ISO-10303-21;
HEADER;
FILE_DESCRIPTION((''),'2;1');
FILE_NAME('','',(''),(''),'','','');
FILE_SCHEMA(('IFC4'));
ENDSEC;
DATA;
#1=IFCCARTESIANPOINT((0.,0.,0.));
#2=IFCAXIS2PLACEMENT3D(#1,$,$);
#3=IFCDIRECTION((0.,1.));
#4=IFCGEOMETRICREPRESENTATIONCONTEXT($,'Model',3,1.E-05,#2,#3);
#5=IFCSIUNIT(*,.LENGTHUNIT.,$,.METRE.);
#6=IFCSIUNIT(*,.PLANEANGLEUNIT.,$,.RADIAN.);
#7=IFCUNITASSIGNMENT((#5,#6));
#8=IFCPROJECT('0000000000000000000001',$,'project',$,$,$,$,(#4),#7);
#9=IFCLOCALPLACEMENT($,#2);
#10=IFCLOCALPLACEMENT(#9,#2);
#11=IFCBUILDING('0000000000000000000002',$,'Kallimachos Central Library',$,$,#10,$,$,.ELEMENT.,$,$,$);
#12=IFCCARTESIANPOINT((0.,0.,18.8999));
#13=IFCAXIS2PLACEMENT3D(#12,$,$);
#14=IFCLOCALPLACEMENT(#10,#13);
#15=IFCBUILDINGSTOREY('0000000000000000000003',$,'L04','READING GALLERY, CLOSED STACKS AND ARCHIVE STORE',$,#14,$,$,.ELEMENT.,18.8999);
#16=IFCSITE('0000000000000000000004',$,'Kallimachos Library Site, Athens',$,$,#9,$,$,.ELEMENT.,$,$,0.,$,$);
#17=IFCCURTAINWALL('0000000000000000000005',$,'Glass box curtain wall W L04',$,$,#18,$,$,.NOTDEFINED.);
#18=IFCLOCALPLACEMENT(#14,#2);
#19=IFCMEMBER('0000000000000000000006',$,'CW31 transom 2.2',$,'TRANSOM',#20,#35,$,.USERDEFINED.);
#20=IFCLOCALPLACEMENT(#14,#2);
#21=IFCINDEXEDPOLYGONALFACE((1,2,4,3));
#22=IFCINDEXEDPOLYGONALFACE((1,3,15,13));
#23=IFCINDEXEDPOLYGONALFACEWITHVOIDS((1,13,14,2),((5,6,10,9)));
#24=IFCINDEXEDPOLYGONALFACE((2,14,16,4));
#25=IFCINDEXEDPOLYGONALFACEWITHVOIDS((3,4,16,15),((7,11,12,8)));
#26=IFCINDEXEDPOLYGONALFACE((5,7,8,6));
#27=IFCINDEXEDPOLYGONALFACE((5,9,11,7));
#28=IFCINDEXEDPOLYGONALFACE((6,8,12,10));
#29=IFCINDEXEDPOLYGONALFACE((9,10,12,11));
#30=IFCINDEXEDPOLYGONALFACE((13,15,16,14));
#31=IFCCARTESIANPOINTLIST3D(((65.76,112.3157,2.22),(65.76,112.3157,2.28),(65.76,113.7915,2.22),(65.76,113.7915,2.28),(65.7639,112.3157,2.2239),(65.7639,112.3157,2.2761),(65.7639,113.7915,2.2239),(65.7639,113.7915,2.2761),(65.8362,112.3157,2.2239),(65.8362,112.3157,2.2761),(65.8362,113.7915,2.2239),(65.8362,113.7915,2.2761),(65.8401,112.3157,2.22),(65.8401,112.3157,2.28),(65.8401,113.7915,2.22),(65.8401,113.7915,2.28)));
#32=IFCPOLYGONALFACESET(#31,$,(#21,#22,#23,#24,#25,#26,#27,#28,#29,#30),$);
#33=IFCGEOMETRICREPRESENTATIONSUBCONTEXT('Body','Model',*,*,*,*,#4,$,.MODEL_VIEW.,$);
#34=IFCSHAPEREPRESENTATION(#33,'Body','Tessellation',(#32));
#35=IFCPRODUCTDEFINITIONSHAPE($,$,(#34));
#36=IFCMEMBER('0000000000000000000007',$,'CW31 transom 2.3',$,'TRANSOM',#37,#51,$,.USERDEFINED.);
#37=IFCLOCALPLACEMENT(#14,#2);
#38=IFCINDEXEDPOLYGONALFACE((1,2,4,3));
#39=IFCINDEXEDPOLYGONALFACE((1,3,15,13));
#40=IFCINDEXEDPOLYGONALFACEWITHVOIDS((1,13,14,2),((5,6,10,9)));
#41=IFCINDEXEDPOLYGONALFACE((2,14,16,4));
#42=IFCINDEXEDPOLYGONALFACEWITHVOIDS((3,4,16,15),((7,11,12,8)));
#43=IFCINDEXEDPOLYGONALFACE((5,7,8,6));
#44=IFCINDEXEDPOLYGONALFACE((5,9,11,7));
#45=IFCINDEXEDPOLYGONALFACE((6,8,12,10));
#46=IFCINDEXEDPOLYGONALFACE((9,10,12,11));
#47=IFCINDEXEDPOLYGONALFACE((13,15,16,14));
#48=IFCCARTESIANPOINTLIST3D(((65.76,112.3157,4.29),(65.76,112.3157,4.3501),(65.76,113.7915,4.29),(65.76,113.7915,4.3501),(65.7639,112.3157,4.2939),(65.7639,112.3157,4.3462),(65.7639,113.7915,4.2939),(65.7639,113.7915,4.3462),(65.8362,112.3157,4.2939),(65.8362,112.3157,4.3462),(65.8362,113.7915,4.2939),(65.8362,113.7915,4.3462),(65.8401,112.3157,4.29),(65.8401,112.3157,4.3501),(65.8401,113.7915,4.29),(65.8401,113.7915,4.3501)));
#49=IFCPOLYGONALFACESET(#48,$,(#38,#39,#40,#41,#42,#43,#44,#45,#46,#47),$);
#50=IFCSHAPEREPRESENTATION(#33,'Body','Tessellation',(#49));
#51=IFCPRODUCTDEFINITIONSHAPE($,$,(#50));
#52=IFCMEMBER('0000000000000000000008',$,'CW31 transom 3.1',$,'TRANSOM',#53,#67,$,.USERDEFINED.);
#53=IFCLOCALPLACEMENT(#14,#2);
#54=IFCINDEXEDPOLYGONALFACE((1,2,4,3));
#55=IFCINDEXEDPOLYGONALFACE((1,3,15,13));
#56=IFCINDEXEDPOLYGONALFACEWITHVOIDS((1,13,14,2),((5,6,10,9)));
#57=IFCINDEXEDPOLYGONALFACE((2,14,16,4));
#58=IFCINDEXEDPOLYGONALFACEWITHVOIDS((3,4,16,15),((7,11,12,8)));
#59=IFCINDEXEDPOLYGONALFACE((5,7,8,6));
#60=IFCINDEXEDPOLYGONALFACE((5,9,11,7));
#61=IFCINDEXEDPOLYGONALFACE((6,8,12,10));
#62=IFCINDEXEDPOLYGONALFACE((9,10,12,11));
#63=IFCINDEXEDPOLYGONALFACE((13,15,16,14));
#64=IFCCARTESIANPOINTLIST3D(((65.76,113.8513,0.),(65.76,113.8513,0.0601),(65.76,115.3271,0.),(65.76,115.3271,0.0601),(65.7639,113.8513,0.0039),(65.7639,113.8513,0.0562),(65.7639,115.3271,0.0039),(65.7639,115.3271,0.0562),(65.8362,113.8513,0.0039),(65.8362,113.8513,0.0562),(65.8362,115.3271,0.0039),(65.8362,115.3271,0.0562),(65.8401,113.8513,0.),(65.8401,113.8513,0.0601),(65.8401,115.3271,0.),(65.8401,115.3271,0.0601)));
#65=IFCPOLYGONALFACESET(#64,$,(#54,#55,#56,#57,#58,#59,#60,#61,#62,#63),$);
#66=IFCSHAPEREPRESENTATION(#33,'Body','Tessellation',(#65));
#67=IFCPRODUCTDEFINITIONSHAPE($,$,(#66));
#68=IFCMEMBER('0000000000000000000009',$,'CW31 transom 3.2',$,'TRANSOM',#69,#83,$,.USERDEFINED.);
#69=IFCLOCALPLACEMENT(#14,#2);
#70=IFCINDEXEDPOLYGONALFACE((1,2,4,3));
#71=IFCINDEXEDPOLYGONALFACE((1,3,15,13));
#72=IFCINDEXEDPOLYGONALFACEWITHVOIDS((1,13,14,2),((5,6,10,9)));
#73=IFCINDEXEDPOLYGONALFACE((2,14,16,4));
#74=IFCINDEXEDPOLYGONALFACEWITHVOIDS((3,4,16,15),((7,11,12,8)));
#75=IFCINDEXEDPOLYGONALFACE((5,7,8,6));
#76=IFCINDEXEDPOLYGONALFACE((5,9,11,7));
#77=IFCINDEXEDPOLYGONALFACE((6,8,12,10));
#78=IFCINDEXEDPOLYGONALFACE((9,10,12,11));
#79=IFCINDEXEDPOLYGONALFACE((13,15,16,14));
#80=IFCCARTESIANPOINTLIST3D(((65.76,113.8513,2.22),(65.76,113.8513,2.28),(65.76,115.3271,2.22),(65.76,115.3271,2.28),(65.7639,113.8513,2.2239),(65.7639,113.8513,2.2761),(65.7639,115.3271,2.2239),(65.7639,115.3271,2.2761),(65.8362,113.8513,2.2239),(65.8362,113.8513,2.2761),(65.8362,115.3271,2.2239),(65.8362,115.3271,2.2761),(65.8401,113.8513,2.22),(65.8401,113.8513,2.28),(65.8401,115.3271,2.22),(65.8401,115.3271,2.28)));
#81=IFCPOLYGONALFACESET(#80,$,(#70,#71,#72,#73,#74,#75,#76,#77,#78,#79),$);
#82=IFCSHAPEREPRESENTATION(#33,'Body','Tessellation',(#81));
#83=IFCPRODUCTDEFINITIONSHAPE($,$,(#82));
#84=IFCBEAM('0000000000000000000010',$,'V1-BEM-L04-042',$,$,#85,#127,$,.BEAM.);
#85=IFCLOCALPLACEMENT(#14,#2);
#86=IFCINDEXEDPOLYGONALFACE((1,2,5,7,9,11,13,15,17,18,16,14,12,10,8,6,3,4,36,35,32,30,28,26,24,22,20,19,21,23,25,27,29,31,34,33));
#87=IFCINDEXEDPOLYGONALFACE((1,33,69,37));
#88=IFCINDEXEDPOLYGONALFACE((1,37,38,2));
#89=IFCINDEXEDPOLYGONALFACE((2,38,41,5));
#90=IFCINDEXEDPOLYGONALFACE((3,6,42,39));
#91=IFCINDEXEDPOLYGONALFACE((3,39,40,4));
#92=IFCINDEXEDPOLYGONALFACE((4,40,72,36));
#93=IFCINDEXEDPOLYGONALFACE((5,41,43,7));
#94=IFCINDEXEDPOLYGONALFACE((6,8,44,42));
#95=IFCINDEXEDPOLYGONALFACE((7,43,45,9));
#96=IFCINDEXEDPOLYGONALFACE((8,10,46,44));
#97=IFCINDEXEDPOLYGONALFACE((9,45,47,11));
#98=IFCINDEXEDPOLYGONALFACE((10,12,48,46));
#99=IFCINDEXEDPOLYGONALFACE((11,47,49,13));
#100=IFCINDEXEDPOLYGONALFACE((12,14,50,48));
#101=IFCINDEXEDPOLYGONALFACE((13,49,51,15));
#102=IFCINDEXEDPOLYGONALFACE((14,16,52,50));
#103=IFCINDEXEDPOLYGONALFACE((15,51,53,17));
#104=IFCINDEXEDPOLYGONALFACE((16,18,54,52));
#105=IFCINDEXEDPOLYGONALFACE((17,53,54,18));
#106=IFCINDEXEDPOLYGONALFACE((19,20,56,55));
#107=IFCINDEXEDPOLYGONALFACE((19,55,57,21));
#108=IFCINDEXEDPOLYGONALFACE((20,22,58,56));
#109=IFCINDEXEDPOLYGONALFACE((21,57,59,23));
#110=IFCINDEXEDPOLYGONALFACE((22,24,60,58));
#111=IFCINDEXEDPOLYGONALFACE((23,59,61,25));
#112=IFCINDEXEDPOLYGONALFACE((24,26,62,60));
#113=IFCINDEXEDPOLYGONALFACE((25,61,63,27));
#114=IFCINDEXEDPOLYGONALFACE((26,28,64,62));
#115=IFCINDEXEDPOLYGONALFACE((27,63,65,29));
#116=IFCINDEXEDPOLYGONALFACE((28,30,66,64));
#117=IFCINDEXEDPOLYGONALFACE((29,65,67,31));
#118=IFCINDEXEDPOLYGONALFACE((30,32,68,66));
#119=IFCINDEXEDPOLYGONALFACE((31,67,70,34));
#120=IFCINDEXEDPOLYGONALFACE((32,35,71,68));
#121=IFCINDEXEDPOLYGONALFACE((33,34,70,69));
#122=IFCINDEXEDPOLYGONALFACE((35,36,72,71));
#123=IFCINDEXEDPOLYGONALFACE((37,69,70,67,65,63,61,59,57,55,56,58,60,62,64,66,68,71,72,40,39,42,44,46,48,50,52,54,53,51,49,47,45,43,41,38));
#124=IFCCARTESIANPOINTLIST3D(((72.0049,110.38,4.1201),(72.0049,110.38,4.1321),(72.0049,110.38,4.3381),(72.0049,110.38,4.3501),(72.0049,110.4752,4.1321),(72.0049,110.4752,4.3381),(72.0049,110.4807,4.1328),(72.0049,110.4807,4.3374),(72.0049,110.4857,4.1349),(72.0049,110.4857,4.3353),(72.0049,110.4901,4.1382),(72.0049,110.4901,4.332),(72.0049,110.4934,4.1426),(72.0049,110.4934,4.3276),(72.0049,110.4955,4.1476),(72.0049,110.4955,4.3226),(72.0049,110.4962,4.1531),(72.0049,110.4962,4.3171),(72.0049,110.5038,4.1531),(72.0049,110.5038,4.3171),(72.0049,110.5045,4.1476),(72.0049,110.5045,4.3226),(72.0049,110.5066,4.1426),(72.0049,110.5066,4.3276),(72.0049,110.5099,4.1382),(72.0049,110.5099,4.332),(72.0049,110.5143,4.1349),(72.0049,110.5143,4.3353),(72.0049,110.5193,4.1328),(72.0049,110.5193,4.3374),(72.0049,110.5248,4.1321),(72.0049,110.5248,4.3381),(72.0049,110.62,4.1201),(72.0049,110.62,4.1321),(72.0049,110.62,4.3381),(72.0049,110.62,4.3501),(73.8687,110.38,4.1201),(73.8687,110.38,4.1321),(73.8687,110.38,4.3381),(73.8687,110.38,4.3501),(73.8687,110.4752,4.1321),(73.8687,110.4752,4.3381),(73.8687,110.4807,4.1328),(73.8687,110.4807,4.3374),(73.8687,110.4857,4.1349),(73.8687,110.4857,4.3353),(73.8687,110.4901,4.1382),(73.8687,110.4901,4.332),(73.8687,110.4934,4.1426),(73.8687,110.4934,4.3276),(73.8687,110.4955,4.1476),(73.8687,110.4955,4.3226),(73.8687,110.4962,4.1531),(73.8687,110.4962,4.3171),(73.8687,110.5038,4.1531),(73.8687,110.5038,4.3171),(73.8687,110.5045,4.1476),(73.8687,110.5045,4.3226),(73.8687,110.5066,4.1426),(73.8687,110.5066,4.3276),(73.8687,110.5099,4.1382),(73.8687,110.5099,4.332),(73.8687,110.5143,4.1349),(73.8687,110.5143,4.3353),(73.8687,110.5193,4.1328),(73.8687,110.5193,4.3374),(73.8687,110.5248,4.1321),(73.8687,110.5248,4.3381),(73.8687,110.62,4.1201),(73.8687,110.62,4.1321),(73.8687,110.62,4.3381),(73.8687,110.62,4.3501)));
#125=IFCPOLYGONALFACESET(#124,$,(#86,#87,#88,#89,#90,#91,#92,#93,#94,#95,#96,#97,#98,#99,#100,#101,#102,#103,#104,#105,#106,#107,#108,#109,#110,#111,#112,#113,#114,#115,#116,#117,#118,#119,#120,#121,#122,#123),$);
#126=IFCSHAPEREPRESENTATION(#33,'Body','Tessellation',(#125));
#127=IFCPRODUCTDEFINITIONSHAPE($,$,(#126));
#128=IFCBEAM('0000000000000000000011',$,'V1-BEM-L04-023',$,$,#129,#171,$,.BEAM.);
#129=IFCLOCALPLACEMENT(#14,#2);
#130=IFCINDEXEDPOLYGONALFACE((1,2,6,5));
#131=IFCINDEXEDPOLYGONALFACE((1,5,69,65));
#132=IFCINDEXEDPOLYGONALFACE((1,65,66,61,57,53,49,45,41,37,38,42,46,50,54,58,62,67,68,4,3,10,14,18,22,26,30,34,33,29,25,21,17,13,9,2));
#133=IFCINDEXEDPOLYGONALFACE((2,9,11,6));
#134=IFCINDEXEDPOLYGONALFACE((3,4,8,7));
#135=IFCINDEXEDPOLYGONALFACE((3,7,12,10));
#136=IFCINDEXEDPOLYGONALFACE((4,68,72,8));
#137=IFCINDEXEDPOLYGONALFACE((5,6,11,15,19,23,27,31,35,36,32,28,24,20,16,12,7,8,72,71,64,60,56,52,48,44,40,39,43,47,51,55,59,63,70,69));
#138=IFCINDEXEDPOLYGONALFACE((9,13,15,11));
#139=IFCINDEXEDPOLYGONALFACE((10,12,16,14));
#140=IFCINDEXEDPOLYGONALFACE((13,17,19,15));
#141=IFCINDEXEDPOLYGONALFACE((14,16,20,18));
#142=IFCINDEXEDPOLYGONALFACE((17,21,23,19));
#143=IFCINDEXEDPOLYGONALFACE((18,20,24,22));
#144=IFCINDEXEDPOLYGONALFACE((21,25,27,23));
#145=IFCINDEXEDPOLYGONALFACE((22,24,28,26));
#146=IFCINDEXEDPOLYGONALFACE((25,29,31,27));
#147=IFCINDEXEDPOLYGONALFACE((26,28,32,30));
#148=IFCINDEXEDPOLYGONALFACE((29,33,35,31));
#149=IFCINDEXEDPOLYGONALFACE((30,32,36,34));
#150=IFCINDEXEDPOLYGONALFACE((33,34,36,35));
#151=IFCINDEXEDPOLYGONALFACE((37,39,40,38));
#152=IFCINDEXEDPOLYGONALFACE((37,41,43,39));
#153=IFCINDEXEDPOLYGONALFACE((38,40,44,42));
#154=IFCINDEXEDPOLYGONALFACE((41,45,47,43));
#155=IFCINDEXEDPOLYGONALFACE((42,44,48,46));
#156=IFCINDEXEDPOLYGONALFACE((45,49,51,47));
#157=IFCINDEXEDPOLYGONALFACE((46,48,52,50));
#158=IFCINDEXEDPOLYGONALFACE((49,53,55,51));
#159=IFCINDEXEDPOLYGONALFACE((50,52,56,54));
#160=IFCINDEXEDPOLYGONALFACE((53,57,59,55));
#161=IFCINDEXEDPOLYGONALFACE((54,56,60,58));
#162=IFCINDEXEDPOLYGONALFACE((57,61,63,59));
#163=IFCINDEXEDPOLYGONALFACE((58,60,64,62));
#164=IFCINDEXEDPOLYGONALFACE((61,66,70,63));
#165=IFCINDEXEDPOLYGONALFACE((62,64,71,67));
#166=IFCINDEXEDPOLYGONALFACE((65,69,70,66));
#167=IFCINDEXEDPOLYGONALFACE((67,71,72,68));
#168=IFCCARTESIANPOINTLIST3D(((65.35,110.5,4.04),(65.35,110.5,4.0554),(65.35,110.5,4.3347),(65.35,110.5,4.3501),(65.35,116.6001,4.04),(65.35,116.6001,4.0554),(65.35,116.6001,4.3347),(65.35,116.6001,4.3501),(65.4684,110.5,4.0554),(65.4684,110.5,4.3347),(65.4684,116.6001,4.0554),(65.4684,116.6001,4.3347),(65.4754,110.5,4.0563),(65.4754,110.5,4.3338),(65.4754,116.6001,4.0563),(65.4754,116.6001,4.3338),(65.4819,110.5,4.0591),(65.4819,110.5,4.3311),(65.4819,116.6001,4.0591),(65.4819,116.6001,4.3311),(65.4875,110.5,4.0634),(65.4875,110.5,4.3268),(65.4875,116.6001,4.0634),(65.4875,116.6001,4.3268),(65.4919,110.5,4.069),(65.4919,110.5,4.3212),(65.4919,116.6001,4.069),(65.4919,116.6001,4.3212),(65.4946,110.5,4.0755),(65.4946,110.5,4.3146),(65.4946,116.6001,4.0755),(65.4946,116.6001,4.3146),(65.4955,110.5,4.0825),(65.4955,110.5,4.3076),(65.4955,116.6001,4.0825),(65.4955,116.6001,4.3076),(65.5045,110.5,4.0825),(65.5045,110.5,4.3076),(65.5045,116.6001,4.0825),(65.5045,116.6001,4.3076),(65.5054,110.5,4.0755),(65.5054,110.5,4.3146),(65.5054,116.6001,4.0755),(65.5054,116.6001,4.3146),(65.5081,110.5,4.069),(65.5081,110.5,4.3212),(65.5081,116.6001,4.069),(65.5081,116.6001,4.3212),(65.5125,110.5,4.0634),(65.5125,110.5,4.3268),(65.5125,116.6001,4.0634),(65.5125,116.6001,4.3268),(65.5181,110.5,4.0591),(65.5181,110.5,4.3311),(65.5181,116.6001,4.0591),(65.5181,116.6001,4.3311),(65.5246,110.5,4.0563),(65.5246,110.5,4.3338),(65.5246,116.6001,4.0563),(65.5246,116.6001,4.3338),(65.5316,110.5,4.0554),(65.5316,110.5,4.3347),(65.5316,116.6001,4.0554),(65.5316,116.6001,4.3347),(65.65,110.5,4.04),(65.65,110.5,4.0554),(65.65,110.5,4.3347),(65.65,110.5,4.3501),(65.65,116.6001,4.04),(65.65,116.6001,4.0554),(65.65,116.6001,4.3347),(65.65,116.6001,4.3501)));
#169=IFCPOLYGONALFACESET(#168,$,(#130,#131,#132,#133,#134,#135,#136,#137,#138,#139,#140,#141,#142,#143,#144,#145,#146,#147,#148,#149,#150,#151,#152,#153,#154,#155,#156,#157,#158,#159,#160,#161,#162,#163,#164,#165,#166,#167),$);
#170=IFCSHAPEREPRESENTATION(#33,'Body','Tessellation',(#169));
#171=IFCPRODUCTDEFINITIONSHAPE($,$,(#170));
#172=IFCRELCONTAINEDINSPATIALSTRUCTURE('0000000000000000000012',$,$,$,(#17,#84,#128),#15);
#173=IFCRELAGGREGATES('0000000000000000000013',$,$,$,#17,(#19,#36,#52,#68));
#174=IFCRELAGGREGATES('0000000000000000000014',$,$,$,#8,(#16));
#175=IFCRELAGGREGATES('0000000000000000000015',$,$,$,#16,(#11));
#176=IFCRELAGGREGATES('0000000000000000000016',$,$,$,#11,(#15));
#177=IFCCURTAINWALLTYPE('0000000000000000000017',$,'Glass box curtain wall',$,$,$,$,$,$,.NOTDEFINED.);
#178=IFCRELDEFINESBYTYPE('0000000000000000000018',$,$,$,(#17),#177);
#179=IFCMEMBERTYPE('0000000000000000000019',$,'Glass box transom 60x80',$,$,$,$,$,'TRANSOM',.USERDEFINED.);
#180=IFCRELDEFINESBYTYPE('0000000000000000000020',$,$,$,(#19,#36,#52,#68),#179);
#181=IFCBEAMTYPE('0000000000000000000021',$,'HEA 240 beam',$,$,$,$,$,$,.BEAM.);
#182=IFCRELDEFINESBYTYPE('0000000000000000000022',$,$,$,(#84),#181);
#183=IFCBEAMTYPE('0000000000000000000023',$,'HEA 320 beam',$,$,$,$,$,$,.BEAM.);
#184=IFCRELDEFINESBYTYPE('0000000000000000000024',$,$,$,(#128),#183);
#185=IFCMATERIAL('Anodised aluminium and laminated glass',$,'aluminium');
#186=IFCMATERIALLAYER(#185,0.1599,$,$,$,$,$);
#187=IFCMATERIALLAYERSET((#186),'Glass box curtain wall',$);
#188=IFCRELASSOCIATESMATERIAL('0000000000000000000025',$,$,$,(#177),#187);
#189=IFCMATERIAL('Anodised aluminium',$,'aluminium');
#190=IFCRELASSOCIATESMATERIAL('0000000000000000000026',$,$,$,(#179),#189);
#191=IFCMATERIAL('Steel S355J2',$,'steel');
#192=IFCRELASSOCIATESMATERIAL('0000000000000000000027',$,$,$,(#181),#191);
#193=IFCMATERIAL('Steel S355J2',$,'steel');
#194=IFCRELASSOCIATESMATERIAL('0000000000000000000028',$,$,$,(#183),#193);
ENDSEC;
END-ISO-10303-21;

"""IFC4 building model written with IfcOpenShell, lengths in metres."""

from ifc_helpers import new_model, si_unit, direction, frame, origin, origin_2d, place, context, subcontext, project, spatial, hollow_rectangle, i_section, extrude, material, layer, layer_set, material_profile, profile_set, type_object, element, aggregate, save


model = new_model("IFC4")

# Units and contexts
model_context = context("Model", 3, precision=1e-05, world=origin(), true_north=direction((0.0, 1.0)))
body_context = subcontext(model_context, "Body", "Model", "MODEL_VIEW")
ifc_project = project(units=[si_unit("LENGTHUNIT", "METRE"), si_unit("PLANEANGLEUNIT", "RADIAN")], contexts=[model_context])

# Site, building, storey
site_placement = place(None, origin())
site = spatial("IfcSite", under=ifc_project, at=site_placement, Name="Kallimachos Library Site, Athens", CompositionType="ELEMENT", RefElevation=0.0)
building_placement = place(site_placement, origin())
building = spatial("IfcBuilding", under=site, at=building_placement, Name="Kallimachos Central Library", CompositionType="ELEMENT")
storey_placement = place(building_placement, frame((0.0, 0.0, 18.8999)))
storey = spatial("IfcBuildingStorey", under=building, at=storey_placement, Name="L04", Description="READING GALLERY, CLOSED STACKS AND ARCHIVE STORE", CompositionType="ELEMENT", Elevation=18.8999)

# Curtain wall, members
ifc_material_1 = material(Name="Anodised aluminium and laminated glass", Category="aluminium")
ifc_layer_1 = layer(ifc_material_1, 0.1599)
ifc_layer_set_1 = layer_set([ifc_layer_1], Name="Glass box curtain wall")
curtain_wall_type = type_object("IfcCurtainWallType", Name="Glass box curtain wall", PredefinedType="NOTDEFINED", material=ifc_layer_set_1)
curtain_wall_placement = place(storey_placement, origin())
curtain_wall = element("IfcCurtainWall", 1, at=curtain_wall_placement, inside=storey, type_object=curtain_wall_type, Name="Glass box curtain wall W L04", PredefinedType="NOTDEFINED")
ifc_material_2 = material(Name="Anodised aluminium", Category="aluminium")
ifc_material_profile_1 = material_profile(ifc_material_2, hollow_rectangle(XDim=0.0601, YDim=0.0801, WallThickness=0.0039, at=origin_2d()), Name="ALU TRANSOM 60x80")
ifc_profile_set_1 = profile_set([ifc_material_profile_1], Name="Anodised aluminium")
member_type_1 = type_object("IfcMemberType", Name="Glass box transom 60x80", ElementType="TRANSOM", PredefinedType="USERDEFINED", material=ifc_profile_set_1)
member_1_placement = place(storey_placement, frame((65.8, 112.3157, 2.25), z_axis=(0.0, 1.0, 0.0), x_axis=(0.0, 0.0, 1.0)))
member_1 = element("IfcMember", 2, at=member_1_placement, type_object=member_type_1, Name="CW31 transom 2.2", ObjectType="TRANSOM", PredefinedType="USERDEFINED", context=body_context, shape_type="SweptSolid", body=[
    extrude(hollow_rectangle(XDim=0.0601, YDim=0.0801, WallThickness=0.0039, at=origin_2d()), origin(), (0.0, 0.0, 1.0), 1.4758),
])
member_2_placement = place(storey_placement, frame((65.8, 112.3157, 4.3201), z_axis=(0.0, 1.0, 0.0), x_axis=(0.0, 0.0, 1.0)))
member_2 = element("IfcMember", 3, at=member_2_placement, type_object=member_type_1, Name="CW31 transom 2.3", ObjectType="TRANSOM", PredefinedType="USERDEFINED", context=body_context, shape_type="SweptSolid", body=[
    extrude(hollow_rectangle(XDim=0.0601, YDim=0.0801, WallThickness=0.0039, at=origin_2d()), origin(), (0.0, 0.0, 1.0), 1.4758),
])
member_3_placement = place(storey_placement, frame((65.8, 113.8513, 0.03), z_axis=(0.0, 1.0, 0.0), x_axis=(0.0, 0.0, 1.0)))
member_3 = element("IfcMember", 4, at=member_3_placement, type_object=member_type_1, Name="CW31 transom 3.1", ObjectType="TRANSOM", PredefinedType="USERDEFINED", context=body_context, shape_type="SweptSolid", body=[
    extrude(hollow_rectangle(XDim=0.0601, YDim=0.0801, WallThickness=0.0039, at=origin_2d()), origin(), (0.0, 0.0, 1.0), 1.4758),
])
member_4_placement = place(storey_placement, frame((65.8, 113.8513, 2.25), z_axis=(0.0, 1.0, 0.0), x_axis=(0.0, 0.0, 1.0)))
member_4 = element("IfcMember", 5, at=member_4_placement, type_object=member_type_1, Name="CW31 transom 3.2", ObjectType="TRANSOM", PredefinedType="USERDEFINED", context=body_context, shape_type="SweptSolid", body=[
    extrude(hollow_rectangle(XDim=0.0601, YDim=0.0801, WallThickness=0.0039, at=origin_2d()), origin(), (0.0, 0.0, 1.0), 1.4758),
])

# Beams
ifc_material_3 = material(Name="Steel S355J2", Category="steel")
ifc_material_profile_2 = material_profile(ifc_material_3, i_section(OverallWidth=0.24, OverallDepth=0.23, WebThickness=0.0076, FlangeThickness=0.012, FilletRadius=0.021, at=origin_2d()), Name="HEA 240")
ifc_profile_set_2 = profile_set([ifc_material_profile_2], Name="Steel S355J2")
beam_type_1 = type_object("IfcBeamType", Name="HEA 240 beam", PredefinedType="BEAM", material=ifc_profile_set_2)
beam_1_placement = place(storey_placement, frame((72.0049, 110.5, 4.2351), z_axis=(1.0, 0.0, 0.0), x_axis=(0.0, 1.0, 0.0)))
element("IfcBeam", 6, at=beam_1_placement, inside=storey, type_object=beam_type_1, Name="V1-BEM-L04-042", PredefinedType="BEAM", context=body_context, shape_type="SweptSolid", body=[
    extrude(i_section(OverallWidth=0.24, OverallDepth=0.23, WebThickness=0.0076, FlangeThickness=0.012, FilletRadius=0.021, at=origin_2d()), origin(), (0.0, 0.0, 1.0), 1.8638),
])
ifc_material_4 = material(Name="Steel S355J2", Category="steel")
ifc_material_profile_3 = material_profile(ifc_material_4, i_section(OverallWidth=0.3, OverallDepth=0.3101, WebThickness=0.009, FlangeThickness=0.0154, FilletRadius=0.0271, at=origin_2d()), Name="HEA 320")
ifc_profile_set_3 = profile_set([ifc_material_profile_3], Name="Steel S355J2")
beam_type_2 = type_object("IfcBeamType", Name="HEA 320 beam", PredefinedType="BEAM", material=ifc_profile_set_3)
beam_2_placement = place(storey_placement, frame((65.5, 110.5, 4.1951), z_axis=(0.0, 1.0, 0.0), x_axis=(-1.0, 0.0, 0.0)))
element("IfcBeam", 7, at=beam_2_placement, inside=storey, type_object=beam_type_2, Name="V1-BEM-L04-023", PredefinedType="BEAM", context=body_context, shape_type="SweptSolid", body=[
    extrude(i_section(OverallWidth=0.3, OverallDepth=0.3101, WebThickness=0.009, FlangeThickness=0.0154, FilletRadius=0.0271, at=origin_2d()), origin(), (0.0, 0.0, 1.0), 6.1001),
])

aggregate(curtain_wall, [member_1, member_2, member_3, member_4])

save(model, "model.ifc")
